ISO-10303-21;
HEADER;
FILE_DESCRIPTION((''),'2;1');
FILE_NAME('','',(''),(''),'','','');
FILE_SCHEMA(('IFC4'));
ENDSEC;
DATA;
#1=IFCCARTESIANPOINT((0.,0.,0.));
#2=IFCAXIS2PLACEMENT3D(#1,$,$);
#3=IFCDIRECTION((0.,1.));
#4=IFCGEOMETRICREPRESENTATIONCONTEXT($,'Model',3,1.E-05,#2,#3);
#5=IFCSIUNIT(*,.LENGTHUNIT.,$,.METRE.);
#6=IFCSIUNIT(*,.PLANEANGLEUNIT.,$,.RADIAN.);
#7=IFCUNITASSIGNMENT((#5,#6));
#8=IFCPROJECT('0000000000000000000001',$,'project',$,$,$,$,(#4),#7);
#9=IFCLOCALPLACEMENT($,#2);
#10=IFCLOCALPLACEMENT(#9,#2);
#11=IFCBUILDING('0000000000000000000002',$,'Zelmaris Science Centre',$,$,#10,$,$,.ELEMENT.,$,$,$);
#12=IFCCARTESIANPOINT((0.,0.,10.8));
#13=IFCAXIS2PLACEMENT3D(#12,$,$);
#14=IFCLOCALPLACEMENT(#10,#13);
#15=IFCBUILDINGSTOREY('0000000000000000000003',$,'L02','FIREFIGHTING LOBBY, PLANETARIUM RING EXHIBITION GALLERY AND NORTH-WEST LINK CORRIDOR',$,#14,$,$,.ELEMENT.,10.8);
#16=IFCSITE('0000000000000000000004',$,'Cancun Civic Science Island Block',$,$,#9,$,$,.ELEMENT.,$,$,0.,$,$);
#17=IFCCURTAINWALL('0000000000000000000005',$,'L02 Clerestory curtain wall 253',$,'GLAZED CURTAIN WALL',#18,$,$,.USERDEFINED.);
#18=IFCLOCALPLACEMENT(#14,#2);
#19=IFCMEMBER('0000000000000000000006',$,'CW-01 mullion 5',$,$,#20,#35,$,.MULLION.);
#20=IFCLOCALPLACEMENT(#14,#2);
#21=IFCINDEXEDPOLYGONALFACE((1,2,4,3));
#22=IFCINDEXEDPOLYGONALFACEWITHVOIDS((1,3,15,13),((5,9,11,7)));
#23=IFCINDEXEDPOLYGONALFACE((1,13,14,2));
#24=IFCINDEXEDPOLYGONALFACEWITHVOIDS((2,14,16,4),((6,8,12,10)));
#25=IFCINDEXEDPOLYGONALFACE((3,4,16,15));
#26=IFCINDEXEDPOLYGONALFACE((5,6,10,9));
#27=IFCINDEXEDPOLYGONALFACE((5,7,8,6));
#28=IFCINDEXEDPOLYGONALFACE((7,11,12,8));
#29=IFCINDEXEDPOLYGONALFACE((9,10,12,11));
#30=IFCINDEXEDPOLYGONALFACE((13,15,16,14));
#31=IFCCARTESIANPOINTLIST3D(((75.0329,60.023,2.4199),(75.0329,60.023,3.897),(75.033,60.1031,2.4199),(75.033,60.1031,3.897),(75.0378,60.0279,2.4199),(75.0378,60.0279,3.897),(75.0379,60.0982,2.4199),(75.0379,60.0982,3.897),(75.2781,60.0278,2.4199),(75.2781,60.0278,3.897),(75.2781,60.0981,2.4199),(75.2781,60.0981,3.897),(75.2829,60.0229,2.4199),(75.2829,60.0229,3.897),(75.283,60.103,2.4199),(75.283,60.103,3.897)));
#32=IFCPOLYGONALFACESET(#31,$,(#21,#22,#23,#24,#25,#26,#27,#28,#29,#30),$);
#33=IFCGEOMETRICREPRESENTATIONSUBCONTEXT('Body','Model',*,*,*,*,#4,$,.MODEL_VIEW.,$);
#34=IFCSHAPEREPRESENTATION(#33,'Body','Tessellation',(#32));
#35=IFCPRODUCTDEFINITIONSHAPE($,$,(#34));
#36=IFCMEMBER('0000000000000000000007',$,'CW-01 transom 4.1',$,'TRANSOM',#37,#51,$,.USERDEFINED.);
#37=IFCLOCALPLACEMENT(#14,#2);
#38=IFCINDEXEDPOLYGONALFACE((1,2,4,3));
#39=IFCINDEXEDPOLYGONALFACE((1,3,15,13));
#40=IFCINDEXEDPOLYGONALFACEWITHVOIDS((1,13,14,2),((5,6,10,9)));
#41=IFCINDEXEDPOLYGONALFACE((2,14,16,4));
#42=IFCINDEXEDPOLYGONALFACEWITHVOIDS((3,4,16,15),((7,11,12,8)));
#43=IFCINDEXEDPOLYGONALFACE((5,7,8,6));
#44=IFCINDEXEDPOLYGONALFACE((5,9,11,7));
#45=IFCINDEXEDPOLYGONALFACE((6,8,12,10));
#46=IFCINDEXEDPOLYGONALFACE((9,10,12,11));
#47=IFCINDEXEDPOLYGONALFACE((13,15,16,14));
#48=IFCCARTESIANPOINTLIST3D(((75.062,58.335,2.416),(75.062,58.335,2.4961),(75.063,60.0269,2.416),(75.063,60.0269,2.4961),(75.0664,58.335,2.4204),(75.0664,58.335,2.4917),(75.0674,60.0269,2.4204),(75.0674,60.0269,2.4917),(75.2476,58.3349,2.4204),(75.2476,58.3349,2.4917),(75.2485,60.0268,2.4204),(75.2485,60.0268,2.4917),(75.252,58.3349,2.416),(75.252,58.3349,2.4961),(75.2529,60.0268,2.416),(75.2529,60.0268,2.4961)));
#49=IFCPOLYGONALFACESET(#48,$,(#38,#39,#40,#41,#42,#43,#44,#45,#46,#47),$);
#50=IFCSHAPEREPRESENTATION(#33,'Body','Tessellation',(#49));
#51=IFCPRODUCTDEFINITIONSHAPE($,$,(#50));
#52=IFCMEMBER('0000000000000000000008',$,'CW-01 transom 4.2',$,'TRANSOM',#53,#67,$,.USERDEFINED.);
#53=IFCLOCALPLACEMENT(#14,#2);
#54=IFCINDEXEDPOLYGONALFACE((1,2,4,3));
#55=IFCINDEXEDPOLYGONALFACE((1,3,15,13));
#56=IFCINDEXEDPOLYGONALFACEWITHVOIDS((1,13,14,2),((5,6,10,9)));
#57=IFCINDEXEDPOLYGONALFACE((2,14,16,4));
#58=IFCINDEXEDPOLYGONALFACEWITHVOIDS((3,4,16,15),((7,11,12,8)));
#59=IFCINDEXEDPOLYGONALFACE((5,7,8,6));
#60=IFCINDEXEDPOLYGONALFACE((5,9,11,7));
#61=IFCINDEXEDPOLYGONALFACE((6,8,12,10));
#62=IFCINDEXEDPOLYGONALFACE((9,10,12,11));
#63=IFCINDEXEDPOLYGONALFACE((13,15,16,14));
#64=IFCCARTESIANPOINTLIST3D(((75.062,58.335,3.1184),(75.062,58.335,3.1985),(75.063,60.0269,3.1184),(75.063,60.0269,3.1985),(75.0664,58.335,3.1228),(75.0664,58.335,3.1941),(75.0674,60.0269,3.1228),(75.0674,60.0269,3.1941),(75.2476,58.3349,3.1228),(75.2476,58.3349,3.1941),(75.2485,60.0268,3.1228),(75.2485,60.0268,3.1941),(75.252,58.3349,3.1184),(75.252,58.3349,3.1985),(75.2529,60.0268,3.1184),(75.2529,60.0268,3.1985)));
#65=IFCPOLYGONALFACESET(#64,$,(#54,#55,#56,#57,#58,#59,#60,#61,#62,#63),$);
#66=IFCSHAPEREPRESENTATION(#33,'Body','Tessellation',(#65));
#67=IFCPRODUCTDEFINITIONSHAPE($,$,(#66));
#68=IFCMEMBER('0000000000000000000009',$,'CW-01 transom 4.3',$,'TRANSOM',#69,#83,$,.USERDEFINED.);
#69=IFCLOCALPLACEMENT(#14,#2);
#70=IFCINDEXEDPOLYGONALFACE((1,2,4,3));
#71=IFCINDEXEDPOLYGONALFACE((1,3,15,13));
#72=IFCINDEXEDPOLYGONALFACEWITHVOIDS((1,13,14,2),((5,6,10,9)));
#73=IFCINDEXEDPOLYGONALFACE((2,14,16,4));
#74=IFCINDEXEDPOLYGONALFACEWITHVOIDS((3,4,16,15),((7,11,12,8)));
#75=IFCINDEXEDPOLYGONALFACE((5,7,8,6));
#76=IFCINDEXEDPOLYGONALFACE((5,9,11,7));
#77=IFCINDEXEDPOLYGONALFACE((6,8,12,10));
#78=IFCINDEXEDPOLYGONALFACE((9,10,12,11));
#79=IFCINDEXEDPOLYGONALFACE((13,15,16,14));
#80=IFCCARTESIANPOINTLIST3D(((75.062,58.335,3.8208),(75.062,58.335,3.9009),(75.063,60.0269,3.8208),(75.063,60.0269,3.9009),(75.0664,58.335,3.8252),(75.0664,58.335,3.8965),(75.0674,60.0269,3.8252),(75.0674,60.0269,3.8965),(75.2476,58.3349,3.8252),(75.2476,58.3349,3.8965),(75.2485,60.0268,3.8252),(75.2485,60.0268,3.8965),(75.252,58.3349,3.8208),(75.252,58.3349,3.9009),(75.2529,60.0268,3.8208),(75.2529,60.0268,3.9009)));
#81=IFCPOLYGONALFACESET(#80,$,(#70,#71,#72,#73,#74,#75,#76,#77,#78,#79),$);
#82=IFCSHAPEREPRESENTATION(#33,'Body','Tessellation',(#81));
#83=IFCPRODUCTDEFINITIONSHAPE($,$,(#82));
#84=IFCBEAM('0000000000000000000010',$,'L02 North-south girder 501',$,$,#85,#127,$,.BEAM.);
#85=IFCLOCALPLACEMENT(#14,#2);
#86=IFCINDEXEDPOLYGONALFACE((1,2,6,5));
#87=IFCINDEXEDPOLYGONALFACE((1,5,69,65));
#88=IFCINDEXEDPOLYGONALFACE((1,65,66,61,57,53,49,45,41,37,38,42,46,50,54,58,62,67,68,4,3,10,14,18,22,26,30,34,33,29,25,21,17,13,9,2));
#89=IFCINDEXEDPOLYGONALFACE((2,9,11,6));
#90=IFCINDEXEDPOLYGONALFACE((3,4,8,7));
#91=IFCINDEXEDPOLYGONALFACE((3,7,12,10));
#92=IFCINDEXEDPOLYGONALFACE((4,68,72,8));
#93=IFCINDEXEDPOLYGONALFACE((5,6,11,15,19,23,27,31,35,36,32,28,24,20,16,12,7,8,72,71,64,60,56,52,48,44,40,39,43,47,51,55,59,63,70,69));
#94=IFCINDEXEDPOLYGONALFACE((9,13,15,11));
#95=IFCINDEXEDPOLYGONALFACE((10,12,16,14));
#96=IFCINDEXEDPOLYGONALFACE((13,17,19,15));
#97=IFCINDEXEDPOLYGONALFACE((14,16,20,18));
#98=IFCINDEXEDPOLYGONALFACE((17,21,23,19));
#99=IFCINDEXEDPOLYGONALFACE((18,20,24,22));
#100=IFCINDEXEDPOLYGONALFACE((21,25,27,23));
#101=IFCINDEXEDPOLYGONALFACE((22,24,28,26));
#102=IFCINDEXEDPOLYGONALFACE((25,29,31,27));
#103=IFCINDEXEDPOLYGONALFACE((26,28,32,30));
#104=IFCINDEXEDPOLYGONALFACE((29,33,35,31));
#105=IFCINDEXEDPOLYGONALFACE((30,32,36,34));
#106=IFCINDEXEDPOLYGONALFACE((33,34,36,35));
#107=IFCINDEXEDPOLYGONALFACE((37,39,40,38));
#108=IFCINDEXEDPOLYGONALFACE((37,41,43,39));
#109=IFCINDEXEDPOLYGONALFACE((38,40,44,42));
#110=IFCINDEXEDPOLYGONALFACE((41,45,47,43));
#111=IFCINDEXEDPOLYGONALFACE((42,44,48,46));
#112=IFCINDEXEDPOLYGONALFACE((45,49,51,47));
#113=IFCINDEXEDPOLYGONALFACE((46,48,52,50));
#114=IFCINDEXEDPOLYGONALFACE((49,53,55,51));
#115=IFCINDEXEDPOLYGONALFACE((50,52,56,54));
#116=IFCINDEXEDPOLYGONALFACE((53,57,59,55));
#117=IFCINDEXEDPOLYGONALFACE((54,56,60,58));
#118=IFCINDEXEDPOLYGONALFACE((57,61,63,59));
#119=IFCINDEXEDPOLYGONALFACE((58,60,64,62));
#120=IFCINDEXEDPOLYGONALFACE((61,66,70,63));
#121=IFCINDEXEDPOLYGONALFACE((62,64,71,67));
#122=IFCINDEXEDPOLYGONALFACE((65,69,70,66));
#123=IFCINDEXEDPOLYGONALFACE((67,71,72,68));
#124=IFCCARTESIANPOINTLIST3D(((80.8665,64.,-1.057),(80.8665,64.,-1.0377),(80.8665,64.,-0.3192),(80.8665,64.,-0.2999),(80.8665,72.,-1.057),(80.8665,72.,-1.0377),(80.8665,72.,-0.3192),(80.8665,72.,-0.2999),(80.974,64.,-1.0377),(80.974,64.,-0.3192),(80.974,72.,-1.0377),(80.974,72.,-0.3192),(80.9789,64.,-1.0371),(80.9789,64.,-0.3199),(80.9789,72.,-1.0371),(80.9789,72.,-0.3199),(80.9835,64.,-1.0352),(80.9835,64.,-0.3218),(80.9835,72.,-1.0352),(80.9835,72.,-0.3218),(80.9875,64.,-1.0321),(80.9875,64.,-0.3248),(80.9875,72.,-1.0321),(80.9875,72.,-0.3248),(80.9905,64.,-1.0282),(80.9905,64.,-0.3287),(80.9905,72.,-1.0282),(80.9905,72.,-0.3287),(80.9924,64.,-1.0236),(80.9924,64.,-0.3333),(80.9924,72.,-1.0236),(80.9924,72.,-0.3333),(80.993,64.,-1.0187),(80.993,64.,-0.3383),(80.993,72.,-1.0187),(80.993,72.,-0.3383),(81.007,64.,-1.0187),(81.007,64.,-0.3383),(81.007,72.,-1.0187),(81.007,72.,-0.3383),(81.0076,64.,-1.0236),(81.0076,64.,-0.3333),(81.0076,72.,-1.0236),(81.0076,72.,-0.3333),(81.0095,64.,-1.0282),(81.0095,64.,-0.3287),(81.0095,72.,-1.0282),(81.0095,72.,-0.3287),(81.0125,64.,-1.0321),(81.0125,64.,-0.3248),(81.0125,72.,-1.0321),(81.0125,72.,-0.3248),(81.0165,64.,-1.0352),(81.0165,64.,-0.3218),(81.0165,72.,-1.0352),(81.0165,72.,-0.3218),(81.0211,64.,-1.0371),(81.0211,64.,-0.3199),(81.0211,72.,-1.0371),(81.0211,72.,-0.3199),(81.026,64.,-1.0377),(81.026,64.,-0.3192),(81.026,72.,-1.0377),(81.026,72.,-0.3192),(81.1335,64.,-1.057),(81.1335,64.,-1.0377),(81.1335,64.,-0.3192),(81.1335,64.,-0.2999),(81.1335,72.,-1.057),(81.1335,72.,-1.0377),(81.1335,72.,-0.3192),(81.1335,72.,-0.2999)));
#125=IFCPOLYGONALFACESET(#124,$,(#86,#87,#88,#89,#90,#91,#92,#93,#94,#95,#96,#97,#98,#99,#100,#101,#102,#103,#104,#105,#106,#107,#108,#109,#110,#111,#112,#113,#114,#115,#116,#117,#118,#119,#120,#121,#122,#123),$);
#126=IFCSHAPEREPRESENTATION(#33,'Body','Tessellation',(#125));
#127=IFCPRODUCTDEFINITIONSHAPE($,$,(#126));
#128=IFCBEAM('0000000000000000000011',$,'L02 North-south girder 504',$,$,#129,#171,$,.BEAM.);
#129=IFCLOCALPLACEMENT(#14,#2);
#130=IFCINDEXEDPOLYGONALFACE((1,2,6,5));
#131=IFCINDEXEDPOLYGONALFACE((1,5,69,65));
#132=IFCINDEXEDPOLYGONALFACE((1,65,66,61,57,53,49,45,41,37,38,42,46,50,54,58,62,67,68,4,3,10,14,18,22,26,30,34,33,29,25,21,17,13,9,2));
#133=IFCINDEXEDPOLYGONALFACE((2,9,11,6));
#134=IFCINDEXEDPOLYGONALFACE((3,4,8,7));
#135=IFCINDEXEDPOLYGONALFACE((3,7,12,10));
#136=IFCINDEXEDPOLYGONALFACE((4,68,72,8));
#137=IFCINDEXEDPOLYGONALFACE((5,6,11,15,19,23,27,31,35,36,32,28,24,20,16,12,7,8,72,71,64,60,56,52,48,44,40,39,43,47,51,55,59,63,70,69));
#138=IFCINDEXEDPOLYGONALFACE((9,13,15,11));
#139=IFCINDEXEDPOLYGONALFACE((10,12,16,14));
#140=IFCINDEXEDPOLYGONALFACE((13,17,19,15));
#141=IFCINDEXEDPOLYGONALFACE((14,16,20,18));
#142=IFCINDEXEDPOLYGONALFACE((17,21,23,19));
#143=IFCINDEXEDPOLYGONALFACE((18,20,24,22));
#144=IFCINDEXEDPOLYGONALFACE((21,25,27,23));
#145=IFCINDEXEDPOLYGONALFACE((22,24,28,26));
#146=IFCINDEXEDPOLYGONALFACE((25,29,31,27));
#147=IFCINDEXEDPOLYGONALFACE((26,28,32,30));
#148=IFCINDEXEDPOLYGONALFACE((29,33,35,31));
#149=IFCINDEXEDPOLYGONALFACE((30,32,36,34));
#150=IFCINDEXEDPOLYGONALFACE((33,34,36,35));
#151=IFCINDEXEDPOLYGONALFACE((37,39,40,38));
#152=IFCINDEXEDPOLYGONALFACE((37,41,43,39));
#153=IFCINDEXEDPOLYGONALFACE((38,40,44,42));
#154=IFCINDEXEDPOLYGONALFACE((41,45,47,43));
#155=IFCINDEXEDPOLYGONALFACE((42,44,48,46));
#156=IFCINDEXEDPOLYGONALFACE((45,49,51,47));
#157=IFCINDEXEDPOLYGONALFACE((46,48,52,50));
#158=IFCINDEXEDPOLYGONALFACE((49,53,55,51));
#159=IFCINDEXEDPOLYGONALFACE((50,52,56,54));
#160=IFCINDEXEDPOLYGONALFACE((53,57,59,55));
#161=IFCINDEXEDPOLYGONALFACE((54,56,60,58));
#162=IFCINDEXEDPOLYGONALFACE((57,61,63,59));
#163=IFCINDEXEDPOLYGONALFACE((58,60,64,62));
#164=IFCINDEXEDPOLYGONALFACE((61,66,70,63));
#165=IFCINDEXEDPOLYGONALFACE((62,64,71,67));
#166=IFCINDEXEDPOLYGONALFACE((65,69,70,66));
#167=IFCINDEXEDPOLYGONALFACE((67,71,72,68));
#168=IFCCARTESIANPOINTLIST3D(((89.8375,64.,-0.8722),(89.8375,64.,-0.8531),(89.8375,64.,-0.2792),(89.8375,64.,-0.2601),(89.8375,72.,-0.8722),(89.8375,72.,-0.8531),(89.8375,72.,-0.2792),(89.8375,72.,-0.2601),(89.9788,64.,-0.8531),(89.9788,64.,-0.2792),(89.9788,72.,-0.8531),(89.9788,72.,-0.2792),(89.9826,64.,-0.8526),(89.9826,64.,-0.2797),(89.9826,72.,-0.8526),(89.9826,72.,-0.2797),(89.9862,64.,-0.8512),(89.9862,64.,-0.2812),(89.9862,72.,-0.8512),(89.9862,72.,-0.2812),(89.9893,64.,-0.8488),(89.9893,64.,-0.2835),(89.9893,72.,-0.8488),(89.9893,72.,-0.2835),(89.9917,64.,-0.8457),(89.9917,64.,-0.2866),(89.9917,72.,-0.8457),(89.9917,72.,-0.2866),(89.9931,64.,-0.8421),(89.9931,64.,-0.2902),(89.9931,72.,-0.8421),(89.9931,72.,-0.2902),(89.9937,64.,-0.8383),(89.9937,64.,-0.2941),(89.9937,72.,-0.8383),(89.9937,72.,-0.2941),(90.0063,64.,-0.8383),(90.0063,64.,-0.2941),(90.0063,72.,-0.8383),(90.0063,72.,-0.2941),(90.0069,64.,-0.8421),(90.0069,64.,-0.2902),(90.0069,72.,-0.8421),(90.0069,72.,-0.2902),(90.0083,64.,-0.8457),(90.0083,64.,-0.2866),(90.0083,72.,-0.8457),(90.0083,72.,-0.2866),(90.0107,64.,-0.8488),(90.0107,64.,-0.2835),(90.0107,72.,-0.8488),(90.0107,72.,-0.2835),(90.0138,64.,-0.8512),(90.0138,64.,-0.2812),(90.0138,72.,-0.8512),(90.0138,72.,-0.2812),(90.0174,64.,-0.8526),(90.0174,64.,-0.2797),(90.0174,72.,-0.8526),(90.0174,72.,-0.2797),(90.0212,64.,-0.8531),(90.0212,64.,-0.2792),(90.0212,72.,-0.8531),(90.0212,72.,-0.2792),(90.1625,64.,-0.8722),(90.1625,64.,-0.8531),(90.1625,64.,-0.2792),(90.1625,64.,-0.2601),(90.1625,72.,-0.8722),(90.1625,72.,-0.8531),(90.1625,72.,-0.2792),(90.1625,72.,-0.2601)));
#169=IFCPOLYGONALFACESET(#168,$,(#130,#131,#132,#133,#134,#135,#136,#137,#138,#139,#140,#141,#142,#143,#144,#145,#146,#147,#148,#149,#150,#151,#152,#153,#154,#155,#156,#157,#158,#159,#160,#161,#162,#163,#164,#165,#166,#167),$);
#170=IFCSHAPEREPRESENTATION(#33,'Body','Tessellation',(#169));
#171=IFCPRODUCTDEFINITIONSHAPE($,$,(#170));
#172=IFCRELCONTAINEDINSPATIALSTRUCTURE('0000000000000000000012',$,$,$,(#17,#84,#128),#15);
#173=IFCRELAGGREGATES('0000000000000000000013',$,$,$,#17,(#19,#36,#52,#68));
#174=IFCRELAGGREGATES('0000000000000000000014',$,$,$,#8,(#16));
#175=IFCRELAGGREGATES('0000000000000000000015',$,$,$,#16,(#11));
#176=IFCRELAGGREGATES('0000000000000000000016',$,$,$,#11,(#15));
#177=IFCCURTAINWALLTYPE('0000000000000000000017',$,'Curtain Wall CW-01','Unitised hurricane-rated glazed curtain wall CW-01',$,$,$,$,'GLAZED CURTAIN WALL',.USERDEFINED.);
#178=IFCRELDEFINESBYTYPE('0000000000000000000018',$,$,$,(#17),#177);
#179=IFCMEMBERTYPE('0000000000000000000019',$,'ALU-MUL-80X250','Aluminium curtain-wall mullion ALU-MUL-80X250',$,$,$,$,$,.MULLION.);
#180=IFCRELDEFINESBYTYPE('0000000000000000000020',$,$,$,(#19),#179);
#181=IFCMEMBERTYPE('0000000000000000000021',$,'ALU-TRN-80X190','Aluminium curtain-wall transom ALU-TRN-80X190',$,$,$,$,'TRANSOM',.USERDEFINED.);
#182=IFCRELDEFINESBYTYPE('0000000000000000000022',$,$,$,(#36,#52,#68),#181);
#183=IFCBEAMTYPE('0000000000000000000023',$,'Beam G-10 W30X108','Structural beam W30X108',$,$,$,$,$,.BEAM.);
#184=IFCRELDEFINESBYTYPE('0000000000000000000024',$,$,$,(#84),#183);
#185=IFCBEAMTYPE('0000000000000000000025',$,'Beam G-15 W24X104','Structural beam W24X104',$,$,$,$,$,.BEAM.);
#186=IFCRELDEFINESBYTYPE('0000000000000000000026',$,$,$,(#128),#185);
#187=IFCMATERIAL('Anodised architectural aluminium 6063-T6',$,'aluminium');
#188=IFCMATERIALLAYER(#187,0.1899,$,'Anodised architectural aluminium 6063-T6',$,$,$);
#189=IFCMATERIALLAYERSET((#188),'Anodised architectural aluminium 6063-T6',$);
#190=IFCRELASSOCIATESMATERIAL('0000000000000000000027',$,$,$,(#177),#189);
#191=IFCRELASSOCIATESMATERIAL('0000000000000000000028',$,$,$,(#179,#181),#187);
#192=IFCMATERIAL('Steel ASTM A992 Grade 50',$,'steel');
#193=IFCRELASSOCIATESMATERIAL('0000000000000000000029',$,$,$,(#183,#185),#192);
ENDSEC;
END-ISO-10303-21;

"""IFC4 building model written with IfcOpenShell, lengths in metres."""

from ifc_helpers import new_model, si_unit, direction, frame, origin, origin_2d, place, context, subcontext, project, spatial, hollow_rectangle, i_section, extrude, material, layer, layer_set, material_profile, profile_set, type_object, element, aggregate, save


model = new_model("IFC4")

# Units and contexts
model_context = context("Model", 3, precision=1e-05, world=origin(), true_north=direction((0.0, 1.0)))
body_context = subcontext(model_context, "Body", "Model", "MODEL_VIEW")
ifc_project = project(units=[si_unit("LENGTHUNIT", "METRE"), si_unit("PLANEANGLEUNIT", "RADIAN")], contexts=[model_context])

# Site, building, storey
site_placement = place(None, origin())
site = spatial("IfcSite", under=ifc_project, at=site_placement, Name="Cancun Civic Science Island Block", CompositionType="ELEMENT", RefElevation=0.0)
building_placement = place(site_placement, origin())
building = spatial("IfcBuilding", under=site, at=building_placement, Name="Zelmaris Science Centre", CompositionType="ELEMENT")
storey_placement = place(building_placement, frame((0.0, 0.0, 10.8)))
storey = spatial("IfcBuildingStorey", under=building, at=storey_placement, Name="L02", Description="FIREFIGHTING LOBBY, PLANETARIUM RING EXHIBITION GALLERY AND NORTH-WEST LINK CORRIDOR", CompositionType="ELEMENT", Elevation=10.8)

# Shared definitions
ifc_material_1 = material(Name="Steel ASTM A992 Grade 50", Category="steel")

# Curtain wall, members
ifc_material_2 = material(Name="Anodised architectural aluminium 6063-T6", Category="aluminium")
ifc_layer_1 = layer(ifc_material_2, 0.1899, Name="Anodised architectural aluminium 6063-T6")
ifc_layer_set_1 = layer_set([ifc_layer_1], Name="Anodised architectural aluminium 6063-T6")
curtain_wall_type = type_object("IfcCurtainWallType", Name="Curtain Wall CW-01", Description="Unitised hurricane-rated glazed curtain wall CW-01", ElementType="GLAZED CURTAIN WALL", PredefinedType="USERDEFINED", material=ifc_layer_set_1)
curtain_wall_placement = place(storey_placement, origin())
curtain_wall = element("IfcCurtainWall", 1, at=curtain_wall_placement, inside=storey, type_object=curtain_wall_type, Name="L02 Clerestory curtain wall 253", ObjectType="GLAZED CURTAIN WALL", PredefinedType="USERDEFINED")
ifc_material_profile_1 = material_profile(ifc_material_2, hollow_rectangle(XDim=0.0801, YDim=0.25, WallThickness=0.0049, at=origin_2d()), Name="ALU-MUL-80X250")
ifc_profile_set_1 = profile_set([ifc_material_profile_1], Name="Anodised architectural aluminium 6063-T6")
member_type_1 = type_object("IfcMemberType", Name="ALU-MUL-80X250", Description="Aluminium curtain-wall mullion ALU-MUL-80X250", PredefinedType="MULLION", material=ifc_profile_set_1)
member_1_placement = place(storey_placement, frame((75.158, 60.063, 2.4199), z_axis=(0.0, 0.0, 1.0), x_axis=(0.000534, 1.0, 0.0)))
member_1 = element("IfcMember", 2, at=member_1_placement, type_object=member_type_1, Name="CW-01 mullion 5", PredefinedType="MULLION", context=body_context, shape_type="SweptSolid", body=[
    extrude(hollow_rectangle(XDim=0.0801, YDim=0.25, WallThickness=0.0049, at=origin_2d()), origin(), (0.0, 0.0, 1.0), 1.4771),
])
ifc_material_profile_2 = material_profile(ifc_material_2, hollow_rectangle(XDim=0.0801, YDim=0.1899, WallThickness=0.0044, at=origin_2d()), Name="ALU-TRN-80X190")
ifc_profile_set_2 = profile_set([ifc_material_profile_2], Name="Anodised architectural aluminium 6063-T6")
member_type_2 = type_object("IfcMemberType", Name="ALU-TRN-80X190", Description="Aluminium curtain-wall transom ALU-TRN-80X190", ElementType="TRANSOM", PredefinedType="USERDEFINED", material=ifc_profile_set_2)
member_2_placement = place(storey_placement, frame((75.157, 58.335, 2.4561), z_axis=(0.000577, 1.0, 0.0), x_axis=(0.0, 0.0, 1.0)))
member_2 = element("IfcMember", 3, at=member_2_placement, type_object=member_type_2, Name="CW-01 transom 4.1", ObjectType="TRANSOM", PredefinedType="USERDEFINED", context=body_context, shape_type="SweptSolid", body=[
    extrude(hollow_rectangle(XDim=0.0801, YDim=0.1899, WallThickness=0.0044, at=origin_2d()), origin(), (0.0, 0.0, 1.0), 1.6919),
])
member_3_placement = place(storey_placement, frame((75.157, 58.335, 3.1584), z_axis=(0.000577, 1.0, 0.0), x_axis=(0.0, 0.0, 1.0)))
member_3 = element("IfcMember", 4, at=member_3_placement, type_object=member_type_2, Name="CW-01 transom 4.2", ObjectType="TRANSOM", PredefinedType="USERDEFINED", context=body_context, shape_type="SweptSolid", body=[
    extrude(hollow_rectangle(XDim=0.0801, YDim=0.1899, WallThickness=0.0044, at=origin_2d()), origin(), (0.0, 0.0, 1.0), 1.6919),
])
member_4_placement = place(storey_placement, frame((75.157, 58.335, 3.8608), z_axis=(0.000577, 1.0, 0.0), x_axis=(0.0, 0.0, 1.0)))
member_4 = element("IfcMember", 5, at=member_4_placement, type_object=member_type_2, Name="CW-01 transom 4.3", ObjectType="TRANSOM", PredefinedType="USERDEFINED", context=body_context, shape_type="SweptSolid", body=[
    extrude(hollow_rectangle(XDim=0.0801, YDim=0.1899, WallThickness=0.0044, at=origin_2d()), origin(), (0.0, 0.0, 1.0), 1.6919),
])

# Beams
ifc_material_profile_3 = material_profile(ifc_material_1, i_section(OverallWidth=0.2671, OverallDepth=0.7571, WebThickness=0.0139, FlangeThickness=0.0193, FilletRadius=0.019, at=origin_2d()), Name="W30X108")
ifc_profile_set_3 = profile_set([ifc_material_profile_3], Name="Steel ASTM A992 Grade 50")
beam_type_1 = type_object("IfcBeamType", Name="Beam G-10 W30X108", Description="Structural beam W30X108", PredefinedType="BEAM", material=ifc_profile_set_3)
beam_1_placement = place(storey_placement, frame((81.0, 64.0, -0.6785), z_axis=(0.0, 1.0, 0.0), x_axis=(-1.0, 0.0, 0.0)))
element("IfcBeam", 6, at=beam_1_placement, inside=storey, type_object=beam_type_1, Name="L02 North-south girder 501", PredefinedType="BEAM", context=body_context, shape_type="SweptSolid", body=[
    extrude(i_section(OverallWidth=0.2671, OverallDepth=0.7571, WebThickness=0.0139, FlangeThickness=0.0193, FilletRadius=0.019, at=origin_2d()), origin(), (0.0, 0.0, 1.0), 8.0),
])
ifc_material_profile_4 = material_profile(ifc_material_1, i_section(OverallWidth=0.325, OverallDepth=0.6121, WebThickness=0.0127, FlangeThickness=0.019, FilletRadius=0.0149, at=origin_2d()), Name="W24X104")
ifc_profile_set_4 = profile_set([ifc_material_profile_4], Name="Steel ASTM A992 Grade 50")
beam_type_2 = type_object("IfcBeamType", Name="Beam G-15 W24X104", Description="Structural beam W24X104", PredefinedType="BEAM", material=ifc_profile_set_4)
beam_2_placement = place(storey_placement, frame((90.0, 64.0, -0.5662), z_axis=(0.0, 1.0, 0.0), x_axis=(-1.0, 0.0, 0.0)))
element("IfcBeam", 7, at=beam_2_placement, inside=storey, type_object=beam_type_2, Name="L02 North-south girder 504", PredefinedType="BEAM", context=body_context, shape_type="SweptSolid", body=[
    extrude(i_section(OverallWidth=0.325, OverallDepth=0.6121, WebThickness=0.0127, FlangeThickness=0.019, FilletRadius=0.0149, at=origin_2d()), origin(), (0.0, 0.0, 1.0), 8.0),
])

aggregate(curtain_wall, [member_1, member_2, member_3, member_4])

save(model, "model.ifc")
